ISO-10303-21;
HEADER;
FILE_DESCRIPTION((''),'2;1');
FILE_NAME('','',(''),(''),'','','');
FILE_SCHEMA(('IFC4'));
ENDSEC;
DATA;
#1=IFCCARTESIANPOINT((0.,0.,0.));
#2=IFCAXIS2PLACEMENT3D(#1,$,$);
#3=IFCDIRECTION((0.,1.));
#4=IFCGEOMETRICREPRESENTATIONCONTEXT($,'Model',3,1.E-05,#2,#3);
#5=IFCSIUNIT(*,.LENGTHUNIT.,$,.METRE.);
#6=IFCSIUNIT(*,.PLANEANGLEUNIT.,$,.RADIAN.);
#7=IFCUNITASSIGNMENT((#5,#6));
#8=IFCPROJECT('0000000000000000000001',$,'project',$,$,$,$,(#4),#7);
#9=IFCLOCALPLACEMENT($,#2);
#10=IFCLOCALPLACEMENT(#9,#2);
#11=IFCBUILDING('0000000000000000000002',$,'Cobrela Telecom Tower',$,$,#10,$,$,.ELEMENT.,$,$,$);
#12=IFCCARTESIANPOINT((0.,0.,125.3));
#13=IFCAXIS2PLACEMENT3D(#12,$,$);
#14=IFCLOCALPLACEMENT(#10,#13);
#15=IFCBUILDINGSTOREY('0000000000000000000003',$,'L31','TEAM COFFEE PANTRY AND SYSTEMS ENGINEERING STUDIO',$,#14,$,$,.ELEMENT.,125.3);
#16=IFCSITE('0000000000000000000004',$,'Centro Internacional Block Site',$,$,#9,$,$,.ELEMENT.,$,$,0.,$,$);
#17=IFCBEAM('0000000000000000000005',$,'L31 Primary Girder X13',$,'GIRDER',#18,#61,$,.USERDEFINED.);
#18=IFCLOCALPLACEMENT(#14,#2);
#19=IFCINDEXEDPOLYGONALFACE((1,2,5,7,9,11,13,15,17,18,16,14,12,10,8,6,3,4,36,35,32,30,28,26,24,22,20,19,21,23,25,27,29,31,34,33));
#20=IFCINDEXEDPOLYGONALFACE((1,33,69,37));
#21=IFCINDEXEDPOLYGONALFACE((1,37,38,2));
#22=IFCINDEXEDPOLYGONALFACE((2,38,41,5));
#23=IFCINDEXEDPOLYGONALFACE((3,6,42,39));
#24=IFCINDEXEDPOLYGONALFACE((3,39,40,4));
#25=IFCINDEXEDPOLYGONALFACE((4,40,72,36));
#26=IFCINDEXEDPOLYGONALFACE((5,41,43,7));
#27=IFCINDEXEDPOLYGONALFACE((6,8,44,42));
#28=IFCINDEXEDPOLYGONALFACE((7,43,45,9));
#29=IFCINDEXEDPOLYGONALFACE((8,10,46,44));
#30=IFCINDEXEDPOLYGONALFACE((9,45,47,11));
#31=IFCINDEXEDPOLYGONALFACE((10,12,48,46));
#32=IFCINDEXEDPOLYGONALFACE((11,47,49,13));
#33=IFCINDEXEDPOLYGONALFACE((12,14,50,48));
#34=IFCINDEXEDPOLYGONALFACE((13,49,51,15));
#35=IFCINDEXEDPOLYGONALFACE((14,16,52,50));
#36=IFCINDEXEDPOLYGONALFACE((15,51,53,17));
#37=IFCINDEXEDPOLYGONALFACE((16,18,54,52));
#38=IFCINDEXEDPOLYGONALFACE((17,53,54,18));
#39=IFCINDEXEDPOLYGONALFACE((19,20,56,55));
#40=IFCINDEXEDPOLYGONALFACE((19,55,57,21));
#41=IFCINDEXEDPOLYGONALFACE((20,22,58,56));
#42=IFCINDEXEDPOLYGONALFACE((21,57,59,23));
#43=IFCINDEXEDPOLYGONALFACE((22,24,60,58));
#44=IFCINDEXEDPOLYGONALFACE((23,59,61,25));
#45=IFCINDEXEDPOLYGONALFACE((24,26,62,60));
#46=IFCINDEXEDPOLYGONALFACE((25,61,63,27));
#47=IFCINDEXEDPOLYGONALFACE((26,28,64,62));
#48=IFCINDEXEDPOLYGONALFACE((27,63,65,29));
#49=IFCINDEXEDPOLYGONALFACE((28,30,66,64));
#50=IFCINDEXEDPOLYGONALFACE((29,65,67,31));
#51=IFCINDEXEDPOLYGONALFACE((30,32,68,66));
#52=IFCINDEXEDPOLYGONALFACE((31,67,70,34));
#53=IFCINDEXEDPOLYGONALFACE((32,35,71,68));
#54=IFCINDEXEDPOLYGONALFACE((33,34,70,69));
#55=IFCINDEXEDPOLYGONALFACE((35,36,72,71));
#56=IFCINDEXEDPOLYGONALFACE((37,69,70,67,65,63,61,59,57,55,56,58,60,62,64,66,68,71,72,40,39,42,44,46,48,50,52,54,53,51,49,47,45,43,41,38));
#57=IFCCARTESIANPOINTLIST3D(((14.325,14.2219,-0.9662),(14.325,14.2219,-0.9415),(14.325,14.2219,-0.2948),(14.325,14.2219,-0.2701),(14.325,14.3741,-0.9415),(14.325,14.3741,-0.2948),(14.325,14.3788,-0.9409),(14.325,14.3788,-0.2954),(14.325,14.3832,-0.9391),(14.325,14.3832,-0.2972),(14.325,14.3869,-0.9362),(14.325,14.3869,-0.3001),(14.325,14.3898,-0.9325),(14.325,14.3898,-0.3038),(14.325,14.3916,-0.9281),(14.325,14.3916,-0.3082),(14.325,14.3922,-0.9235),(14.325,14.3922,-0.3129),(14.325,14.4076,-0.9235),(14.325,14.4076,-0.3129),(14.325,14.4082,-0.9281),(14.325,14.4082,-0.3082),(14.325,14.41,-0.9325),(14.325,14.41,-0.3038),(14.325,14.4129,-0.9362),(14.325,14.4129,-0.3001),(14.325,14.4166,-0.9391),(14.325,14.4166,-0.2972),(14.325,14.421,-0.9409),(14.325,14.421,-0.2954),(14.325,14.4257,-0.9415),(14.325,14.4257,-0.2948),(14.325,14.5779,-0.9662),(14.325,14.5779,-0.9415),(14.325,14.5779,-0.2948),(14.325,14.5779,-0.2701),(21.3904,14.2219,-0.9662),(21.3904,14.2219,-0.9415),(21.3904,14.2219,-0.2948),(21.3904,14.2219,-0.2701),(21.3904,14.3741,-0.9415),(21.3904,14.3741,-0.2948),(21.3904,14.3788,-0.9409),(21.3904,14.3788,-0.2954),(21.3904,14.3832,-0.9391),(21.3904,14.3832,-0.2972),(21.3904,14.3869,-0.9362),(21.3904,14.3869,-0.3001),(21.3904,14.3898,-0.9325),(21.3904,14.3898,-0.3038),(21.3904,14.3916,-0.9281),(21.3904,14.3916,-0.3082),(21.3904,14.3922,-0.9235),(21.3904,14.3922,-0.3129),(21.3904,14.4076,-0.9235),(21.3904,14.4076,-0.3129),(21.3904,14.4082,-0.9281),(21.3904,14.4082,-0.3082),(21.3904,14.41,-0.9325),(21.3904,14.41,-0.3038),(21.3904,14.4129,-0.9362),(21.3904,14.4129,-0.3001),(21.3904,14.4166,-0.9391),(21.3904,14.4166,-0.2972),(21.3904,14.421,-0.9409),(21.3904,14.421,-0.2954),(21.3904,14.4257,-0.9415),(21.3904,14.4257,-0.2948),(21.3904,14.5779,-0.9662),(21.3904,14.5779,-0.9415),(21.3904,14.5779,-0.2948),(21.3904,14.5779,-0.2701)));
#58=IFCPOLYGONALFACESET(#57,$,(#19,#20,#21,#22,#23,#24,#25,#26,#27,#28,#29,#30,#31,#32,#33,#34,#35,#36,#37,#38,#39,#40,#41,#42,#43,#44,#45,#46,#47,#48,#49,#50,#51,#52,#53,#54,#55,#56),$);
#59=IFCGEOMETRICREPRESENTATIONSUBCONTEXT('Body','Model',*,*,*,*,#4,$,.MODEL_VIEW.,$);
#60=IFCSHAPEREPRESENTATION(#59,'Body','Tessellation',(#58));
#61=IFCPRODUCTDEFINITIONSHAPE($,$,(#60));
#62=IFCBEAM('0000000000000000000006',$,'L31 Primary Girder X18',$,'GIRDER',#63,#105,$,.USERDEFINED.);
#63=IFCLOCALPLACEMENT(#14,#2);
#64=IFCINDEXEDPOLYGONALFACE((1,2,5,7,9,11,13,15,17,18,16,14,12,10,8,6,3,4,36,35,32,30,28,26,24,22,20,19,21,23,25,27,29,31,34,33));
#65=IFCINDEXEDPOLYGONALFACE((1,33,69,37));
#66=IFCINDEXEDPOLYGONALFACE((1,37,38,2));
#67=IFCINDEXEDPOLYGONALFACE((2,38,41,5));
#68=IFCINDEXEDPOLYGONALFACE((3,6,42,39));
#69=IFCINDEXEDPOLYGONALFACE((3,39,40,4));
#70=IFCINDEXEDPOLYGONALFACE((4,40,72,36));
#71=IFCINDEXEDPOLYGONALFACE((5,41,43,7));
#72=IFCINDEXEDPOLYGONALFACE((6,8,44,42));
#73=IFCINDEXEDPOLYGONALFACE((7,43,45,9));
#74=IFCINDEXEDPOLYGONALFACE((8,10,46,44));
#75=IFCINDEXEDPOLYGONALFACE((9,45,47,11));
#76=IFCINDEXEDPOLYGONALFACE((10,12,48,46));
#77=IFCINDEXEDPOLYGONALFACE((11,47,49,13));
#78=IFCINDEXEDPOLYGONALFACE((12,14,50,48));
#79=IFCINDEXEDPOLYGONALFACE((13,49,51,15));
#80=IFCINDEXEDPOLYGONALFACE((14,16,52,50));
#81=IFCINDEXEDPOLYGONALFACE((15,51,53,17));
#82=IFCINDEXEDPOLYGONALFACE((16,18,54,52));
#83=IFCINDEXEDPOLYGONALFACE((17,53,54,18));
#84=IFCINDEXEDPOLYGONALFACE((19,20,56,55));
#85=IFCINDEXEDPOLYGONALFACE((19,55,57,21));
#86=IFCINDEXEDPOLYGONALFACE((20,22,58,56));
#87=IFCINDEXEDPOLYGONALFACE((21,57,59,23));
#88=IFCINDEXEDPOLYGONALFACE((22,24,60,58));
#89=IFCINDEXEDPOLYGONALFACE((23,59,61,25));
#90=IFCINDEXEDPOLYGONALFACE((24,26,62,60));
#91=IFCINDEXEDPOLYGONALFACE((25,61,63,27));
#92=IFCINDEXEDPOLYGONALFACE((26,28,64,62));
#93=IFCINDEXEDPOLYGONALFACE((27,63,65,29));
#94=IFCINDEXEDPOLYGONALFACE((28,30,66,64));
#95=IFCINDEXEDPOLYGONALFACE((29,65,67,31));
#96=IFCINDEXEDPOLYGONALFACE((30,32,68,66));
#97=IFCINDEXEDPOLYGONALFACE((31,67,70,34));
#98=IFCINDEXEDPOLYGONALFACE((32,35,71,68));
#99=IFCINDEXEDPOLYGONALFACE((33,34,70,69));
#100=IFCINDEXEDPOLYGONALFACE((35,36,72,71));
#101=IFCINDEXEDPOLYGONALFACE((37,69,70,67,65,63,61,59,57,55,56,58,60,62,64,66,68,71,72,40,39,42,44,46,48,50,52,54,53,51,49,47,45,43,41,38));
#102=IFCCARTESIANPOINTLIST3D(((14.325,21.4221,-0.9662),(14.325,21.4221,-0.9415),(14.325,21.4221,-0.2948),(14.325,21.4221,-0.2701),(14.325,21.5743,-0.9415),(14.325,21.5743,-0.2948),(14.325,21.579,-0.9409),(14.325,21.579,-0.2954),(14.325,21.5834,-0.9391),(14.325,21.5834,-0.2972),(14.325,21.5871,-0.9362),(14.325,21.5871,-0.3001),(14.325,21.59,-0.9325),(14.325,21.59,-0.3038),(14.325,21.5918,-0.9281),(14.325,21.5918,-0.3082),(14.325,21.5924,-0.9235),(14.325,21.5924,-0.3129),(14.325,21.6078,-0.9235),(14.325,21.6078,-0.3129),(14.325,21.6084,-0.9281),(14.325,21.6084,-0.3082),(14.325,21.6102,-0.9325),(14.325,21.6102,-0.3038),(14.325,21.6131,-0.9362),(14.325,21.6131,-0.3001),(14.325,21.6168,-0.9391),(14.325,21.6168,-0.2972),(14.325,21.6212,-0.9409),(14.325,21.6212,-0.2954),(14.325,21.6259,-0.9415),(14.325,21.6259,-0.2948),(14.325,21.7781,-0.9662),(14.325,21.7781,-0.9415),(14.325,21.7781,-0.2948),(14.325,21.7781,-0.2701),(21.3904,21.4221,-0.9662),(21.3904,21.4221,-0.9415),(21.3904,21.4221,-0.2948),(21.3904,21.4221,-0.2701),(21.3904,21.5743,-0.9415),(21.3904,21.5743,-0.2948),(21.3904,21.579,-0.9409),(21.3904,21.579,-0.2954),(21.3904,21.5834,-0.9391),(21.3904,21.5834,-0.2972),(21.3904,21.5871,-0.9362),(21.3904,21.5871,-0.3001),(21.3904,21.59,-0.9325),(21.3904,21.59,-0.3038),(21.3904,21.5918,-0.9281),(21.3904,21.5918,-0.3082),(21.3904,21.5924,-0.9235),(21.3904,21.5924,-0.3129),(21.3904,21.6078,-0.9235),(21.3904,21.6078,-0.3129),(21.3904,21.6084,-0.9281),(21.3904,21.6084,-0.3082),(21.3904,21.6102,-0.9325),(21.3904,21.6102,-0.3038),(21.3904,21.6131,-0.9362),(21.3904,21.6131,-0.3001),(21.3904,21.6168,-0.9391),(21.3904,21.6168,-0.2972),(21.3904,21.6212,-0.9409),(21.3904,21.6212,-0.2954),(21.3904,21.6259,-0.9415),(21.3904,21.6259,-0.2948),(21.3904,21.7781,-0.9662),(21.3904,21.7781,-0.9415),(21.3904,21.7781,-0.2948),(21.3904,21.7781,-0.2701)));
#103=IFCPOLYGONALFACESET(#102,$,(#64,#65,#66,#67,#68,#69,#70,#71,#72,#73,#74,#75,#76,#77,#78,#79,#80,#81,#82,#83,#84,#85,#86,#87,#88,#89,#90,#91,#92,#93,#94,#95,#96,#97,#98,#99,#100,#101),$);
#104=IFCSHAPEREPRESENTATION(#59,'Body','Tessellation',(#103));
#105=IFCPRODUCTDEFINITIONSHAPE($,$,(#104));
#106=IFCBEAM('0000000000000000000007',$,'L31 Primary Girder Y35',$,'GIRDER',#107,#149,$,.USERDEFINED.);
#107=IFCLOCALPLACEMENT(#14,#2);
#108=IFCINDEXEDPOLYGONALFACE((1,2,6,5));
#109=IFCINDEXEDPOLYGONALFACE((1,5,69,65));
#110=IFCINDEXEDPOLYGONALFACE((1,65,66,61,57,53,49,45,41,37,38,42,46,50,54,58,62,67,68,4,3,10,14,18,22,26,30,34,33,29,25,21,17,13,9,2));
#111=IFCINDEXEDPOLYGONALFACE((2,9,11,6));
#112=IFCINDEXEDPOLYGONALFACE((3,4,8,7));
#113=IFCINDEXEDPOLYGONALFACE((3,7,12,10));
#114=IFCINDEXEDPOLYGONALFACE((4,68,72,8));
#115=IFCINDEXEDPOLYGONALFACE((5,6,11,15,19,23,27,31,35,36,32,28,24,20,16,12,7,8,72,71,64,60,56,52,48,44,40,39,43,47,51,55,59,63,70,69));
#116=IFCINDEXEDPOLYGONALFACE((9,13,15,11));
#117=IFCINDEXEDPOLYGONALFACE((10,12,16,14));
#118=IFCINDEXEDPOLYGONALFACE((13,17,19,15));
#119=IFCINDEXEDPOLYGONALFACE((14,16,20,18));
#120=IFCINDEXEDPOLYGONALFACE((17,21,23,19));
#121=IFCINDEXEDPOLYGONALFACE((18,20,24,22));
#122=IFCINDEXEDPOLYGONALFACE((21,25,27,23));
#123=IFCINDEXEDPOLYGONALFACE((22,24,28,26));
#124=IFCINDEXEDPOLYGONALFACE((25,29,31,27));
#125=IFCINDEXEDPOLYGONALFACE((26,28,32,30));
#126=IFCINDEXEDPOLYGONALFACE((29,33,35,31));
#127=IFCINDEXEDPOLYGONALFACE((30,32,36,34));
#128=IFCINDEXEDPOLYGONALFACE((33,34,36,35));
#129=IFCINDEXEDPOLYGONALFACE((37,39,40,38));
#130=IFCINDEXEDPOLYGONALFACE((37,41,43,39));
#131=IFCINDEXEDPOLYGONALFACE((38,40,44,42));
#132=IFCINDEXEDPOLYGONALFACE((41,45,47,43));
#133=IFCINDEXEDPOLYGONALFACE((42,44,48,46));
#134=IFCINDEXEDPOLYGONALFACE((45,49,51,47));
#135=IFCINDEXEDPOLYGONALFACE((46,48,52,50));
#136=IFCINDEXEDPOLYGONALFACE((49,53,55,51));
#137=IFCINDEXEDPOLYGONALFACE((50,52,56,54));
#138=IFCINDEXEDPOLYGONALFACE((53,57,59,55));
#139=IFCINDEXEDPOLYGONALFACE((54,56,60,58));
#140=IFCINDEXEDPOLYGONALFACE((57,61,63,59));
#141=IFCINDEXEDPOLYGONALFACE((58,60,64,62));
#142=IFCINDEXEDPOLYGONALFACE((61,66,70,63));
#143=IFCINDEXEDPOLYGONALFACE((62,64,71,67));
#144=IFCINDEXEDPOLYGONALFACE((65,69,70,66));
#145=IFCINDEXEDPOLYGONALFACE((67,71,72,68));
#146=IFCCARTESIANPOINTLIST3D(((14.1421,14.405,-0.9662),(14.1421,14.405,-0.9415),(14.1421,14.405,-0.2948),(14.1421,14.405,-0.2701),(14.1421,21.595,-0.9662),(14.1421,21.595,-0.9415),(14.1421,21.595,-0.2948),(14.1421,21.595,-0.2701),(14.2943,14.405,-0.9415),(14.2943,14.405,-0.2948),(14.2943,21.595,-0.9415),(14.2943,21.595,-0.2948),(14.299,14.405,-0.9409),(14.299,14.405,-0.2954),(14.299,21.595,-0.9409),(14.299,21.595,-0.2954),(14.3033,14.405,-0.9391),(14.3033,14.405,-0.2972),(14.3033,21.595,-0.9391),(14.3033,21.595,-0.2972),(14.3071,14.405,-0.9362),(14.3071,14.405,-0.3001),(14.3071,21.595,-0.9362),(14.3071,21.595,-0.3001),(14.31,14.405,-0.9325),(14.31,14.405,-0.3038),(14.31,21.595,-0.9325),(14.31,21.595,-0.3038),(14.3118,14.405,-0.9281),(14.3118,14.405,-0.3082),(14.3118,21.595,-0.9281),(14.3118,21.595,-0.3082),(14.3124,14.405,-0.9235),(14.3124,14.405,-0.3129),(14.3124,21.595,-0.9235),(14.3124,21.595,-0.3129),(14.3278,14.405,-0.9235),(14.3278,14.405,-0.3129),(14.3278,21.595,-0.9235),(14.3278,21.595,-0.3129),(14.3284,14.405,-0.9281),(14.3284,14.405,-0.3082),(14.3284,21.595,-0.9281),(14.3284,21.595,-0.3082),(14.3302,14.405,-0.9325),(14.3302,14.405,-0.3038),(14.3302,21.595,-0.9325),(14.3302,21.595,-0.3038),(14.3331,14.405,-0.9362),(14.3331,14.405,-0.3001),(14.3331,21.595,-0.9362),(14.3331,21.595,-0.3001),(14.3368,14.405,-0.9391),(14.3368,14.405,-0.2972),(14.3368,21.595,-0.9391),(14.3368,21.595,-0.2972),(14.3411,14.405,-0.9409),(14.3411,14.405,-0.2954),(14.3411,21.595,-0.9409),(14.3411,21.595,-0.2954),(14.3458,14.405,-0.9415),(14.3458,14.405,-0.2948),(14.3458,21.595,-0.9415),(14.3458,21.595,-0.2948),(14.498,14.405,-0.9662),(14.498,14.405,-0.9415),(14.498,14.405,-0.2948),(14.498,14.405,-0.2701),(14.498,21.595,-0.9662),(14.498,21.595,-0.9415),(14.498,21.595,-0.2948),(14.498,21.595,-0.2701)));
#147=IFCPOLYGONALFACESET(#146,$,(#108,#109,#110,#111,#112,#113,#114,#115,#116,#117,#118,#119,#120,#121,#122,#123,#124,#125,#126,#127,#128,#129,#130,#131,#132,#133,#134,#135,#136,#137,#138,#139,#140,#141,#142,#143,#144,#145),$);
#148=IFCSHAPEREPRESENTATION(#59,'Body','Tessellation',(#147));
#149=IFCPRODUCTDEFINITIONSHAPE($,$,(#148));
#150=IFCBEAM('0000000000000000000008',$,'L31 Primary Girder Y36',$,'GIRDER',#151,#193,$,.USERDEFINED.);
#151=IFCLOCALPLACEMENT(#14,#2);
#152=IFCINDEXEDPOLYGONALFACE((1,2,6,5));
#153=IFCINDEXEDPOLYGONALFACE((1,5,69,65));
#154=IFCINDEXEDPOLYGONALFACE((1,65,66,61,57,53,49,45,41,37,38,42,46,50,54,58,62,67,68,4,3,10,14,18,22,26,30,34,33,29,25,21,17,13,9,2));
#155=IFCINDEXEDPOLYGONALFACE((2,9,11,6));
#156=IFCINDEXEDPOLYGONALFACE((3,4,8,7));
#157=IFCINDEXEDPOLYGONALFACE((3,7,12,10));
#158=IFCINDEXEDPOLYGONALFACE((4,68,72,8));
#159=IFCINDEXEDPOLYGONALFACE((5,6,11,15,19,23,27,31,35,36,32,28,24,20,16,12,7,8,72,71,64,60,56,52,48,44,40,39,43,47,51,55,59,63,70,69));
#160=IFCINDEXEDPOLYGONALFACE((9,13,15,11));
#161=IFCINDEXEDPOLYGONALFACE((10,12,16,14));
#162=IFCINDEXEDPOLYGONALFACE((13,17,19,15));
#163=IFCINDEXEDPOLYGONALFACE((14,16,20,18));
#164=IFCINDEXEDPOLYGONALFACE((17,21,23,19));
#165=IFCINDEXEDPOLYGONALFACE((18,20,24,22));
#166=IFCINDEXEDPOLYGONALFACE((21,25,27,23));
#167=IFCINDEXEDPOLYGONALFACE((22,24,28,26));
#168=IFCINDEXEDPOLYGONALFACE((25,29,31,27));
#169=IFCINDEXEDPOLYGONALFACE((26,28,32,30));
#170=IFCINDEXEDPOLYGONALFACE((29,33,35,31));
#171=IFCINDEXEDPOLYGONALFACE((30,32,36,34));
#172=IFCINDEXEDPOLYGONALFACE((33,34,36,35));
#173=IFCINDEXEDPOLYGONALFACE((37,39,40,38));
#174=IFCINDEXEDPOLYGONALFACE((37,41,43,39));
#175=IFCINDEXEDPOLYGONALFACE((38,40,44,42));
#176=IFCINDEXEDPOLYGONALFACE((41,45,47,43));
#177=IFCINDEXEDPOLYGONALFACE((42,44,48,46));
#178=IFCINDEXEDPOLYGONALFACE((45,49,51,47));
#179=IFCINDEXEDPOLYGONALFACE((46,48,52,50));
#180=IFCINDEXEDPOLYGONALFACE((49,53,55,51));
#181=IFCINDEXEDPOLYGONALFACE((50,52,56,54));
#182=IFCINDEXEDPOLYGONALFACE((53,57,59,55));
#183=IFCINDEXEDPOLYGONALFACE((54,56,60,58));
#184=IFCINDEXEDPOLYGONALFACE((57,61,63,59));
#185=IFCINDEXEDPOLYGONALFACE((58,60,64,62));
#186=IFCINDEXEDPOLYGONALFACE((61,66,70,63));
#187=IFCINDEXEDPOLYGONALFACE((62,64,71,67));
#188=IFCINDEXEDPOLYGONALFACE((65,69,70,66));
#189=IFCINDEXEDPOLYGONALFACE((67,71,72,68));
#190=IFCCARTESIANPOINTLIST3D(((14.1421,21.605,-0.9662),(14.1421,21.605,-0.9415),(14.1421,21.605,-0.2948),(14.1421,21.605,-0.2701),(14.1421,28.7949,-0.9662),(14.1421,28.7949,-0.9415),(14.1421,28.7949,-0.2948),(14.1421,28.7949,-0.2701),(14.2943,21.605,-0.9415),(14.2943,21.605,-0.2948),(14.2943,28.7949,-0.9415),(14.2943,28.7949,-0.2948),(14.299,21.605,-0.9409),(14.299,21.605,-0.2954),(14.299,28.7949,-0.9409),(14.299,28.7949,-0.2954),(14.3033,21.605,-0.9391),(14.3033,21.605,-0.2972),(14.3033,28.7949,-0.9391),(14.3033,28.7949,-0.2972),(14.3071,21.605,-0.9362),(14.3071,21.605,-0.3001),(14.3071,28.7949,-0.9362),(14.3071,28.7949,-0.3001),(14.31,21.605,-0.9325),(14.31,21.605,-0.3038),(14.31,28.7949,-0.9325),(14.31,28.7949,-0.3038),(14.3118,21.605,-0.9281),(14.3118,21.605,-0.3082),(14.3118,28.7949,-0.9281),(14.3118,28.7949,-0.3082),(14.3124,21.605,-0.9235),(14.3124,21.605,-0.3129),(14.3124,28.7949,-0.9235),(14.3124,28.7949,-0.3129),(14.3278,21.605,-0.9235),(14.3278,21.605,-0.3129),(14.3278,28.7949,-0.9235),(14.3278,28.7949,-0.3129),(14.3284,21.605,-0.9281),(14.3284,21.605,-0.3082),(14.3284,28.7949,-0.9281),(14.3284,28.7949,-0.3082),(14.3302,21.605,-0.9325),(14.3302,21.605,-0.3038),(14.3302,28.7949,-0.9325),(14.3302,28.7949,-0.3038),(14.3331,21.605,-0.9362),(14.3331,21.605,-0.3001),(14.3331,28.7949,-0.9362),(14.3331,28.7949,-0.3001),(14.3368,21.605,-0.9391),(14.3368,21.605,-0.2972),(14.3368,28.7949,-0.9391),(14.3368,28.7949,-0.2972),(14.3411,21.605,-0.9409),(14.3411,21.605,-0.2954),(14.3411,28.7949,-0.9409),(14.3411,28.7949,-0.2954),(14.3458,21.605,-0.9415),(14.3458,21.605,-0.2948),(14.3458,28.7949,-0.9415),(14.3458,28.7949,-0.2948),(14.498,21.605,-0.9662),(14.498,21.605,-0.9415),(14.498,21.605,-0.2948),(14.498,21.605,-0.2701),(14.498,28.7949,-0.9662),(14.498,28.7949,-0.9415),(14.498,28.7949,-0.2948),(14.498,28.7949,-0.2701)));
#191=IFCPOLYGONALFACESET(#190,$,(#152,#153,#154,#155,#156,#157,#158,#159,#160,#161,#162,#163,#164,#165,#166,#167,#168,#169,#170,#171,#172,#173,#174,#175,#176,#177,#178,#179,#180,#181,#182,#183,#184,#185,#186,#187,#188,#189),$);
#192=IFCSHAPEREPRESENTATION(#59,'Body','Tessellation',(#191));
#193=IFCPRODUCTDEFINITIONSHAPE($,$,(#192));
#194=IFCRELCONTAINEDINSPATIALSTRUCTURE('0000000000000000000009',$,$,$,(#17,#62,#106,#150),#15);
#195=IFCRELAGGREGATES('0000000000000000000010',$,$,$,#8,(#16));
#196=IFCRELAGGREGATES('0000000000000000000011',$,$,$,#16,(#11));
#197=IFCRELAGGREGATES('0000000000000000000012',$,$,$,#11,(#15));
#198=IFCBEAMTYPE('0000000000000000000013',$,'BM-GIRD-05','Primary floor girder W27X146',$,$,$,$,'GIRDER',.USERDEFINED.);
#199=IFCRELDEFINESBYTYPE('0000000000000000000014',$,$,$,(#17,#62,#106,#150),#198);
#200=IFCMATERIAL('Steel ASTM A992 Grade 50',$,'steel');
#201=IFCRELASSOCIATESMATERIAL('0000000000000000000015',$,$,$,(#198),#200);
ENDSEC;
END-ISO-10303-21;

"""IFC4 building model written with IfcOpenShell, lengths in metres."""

from ifc_helpers import new_model, si_unit, direction, frame, origin, origin_2d, place, context, subcontext, project, spatial, i_section, extrude, material, material_profile, profile_set, type_object, element, save


model = new_model("IFC4")

# Units and contexts
model_context = context("Model", 3, precision=1e-05, world=origin(), true_north=direction((0.0, 1.0)))
body_context = subcontext(model_context, "Body", "Model", "MODEL_VIEW")
ifc_project = project(units=[si_unit("LENGTHUNIT", "METRE"), si_unit("PLANEANGLEUNIT", "RADIAN")], contexts=[model_context])

# Site, building, storey
site_placement = place(None, origin())
site = spatial("IfcSite", under=ifc_project, at=site_placement, Name="Centro Internacional Block Site", CompositionType="ELEMENT", RefElevation=0.0)
building_placement = place(site_placement, origin())
building = spatial("IfcBuilding", under=site, at=building_placement, Name="Cobrela Telecom Tower", CompositionType="ELEMENT")
storey_placement = place(building_placement, frame((0.0, 0.0, 125.3)))
storey = spatial("IfcBuildingStorey", under=building, at=storey_placement, Name="L31", Description="TEAM COFFEE PANTRY AND SYSTEMS ENGINEERING STUDIO", CompositionType="ELEMENT", Elevation=125.3)

# Beams
ifc_material_1 = material(Name="Steel ASTM A992 Grade 50", Category="steel")
ifc_material_profile_1 = material_profile(ifc_material_1, i_section(OverallWidth=0.356, OverallDepth=0.696, WebThickness=0.0154, FlangeThickness=0.0247, FilletRadius=0.0181, at=origin_2d()), Name="W27X146")
ifc_profile_set_1 = profile_set([ifc_material_profile_1], Name="Steel ASTM A992 Grade 50")
beam_type_1 = type_object("IfcBeamType", Name="BM-GIRD-05", Description="Primary floor girder W27X146", ElementType="GIRDER", PredefinedType="USERDEFINED", material=ifc_profile_set_1)
for number, where, z_axis, x_axis, name in (
    (1, (14.325, 14.3999, -0.6182), (1.0, 0.0, 0.0), (0.0, 1.0, 0.0), "L31 Primary Girder X13"),
    (2, (14.325, 21.6001, -0.6182), (1.0, 0.0, 0.0), (0.0, 1.0, 0.0), "L31 Primary Girder X18"),
):
    element("IfcBeam", number, at=place(storey_placement, frame(where, z_axis=z_axis, x_axis=x_axis)), inside=storey, type_object=beam_type_1, Name=name, ObjectType="GIRDER", PredefinedType="USERDEFINED", context=body_context, shape_type="SweptSolid", body=[
        extrude(i_section(OverallWidth=0.356, OverallDepth=0.696, WebThickness=0.0154, FlangeThickness=0.0247, FilletRadius=0.0181, at=origin_2d()), origin(), (0.0, 0.0, 1.0), 7.0654),
    ])
for number, where, z_axis, x_axis, name in (
    (3, (14.3201, 14.405, -0.6182), (0.0, 1.0, 0.0), (-1.0, 0.0, 0.0), "L31 Primary Girder Y35"),
    (4, (14.3201, 21.605, -0.6182), (0.0, 1.0, 0.0), (-1.0, 0.0, 0.0), "L31 Primary Girder Y36"),
):
    element("IfcBeam", number, at=place(storey_placement, frame(where, z_axis=z_axis, x_axis=x_axis)), inside=storey, type_object=beam_type_1, Name=name, ObjectType="GIRDER", PredefinedType="USERDEFINED", context=body_context, shape_type="SweptSolid", body=[
        extrude(i_section(OverallWidth=0.356, OverallDepth=0.696, WebThickness=0.0154, FlangeThickness=0.0247, FilletRadius=0.0181, at=origin_2d()), origin(), (0.0, 0.0, 1.0), 7.1899),
    ])

save(model, "model.ifc")
